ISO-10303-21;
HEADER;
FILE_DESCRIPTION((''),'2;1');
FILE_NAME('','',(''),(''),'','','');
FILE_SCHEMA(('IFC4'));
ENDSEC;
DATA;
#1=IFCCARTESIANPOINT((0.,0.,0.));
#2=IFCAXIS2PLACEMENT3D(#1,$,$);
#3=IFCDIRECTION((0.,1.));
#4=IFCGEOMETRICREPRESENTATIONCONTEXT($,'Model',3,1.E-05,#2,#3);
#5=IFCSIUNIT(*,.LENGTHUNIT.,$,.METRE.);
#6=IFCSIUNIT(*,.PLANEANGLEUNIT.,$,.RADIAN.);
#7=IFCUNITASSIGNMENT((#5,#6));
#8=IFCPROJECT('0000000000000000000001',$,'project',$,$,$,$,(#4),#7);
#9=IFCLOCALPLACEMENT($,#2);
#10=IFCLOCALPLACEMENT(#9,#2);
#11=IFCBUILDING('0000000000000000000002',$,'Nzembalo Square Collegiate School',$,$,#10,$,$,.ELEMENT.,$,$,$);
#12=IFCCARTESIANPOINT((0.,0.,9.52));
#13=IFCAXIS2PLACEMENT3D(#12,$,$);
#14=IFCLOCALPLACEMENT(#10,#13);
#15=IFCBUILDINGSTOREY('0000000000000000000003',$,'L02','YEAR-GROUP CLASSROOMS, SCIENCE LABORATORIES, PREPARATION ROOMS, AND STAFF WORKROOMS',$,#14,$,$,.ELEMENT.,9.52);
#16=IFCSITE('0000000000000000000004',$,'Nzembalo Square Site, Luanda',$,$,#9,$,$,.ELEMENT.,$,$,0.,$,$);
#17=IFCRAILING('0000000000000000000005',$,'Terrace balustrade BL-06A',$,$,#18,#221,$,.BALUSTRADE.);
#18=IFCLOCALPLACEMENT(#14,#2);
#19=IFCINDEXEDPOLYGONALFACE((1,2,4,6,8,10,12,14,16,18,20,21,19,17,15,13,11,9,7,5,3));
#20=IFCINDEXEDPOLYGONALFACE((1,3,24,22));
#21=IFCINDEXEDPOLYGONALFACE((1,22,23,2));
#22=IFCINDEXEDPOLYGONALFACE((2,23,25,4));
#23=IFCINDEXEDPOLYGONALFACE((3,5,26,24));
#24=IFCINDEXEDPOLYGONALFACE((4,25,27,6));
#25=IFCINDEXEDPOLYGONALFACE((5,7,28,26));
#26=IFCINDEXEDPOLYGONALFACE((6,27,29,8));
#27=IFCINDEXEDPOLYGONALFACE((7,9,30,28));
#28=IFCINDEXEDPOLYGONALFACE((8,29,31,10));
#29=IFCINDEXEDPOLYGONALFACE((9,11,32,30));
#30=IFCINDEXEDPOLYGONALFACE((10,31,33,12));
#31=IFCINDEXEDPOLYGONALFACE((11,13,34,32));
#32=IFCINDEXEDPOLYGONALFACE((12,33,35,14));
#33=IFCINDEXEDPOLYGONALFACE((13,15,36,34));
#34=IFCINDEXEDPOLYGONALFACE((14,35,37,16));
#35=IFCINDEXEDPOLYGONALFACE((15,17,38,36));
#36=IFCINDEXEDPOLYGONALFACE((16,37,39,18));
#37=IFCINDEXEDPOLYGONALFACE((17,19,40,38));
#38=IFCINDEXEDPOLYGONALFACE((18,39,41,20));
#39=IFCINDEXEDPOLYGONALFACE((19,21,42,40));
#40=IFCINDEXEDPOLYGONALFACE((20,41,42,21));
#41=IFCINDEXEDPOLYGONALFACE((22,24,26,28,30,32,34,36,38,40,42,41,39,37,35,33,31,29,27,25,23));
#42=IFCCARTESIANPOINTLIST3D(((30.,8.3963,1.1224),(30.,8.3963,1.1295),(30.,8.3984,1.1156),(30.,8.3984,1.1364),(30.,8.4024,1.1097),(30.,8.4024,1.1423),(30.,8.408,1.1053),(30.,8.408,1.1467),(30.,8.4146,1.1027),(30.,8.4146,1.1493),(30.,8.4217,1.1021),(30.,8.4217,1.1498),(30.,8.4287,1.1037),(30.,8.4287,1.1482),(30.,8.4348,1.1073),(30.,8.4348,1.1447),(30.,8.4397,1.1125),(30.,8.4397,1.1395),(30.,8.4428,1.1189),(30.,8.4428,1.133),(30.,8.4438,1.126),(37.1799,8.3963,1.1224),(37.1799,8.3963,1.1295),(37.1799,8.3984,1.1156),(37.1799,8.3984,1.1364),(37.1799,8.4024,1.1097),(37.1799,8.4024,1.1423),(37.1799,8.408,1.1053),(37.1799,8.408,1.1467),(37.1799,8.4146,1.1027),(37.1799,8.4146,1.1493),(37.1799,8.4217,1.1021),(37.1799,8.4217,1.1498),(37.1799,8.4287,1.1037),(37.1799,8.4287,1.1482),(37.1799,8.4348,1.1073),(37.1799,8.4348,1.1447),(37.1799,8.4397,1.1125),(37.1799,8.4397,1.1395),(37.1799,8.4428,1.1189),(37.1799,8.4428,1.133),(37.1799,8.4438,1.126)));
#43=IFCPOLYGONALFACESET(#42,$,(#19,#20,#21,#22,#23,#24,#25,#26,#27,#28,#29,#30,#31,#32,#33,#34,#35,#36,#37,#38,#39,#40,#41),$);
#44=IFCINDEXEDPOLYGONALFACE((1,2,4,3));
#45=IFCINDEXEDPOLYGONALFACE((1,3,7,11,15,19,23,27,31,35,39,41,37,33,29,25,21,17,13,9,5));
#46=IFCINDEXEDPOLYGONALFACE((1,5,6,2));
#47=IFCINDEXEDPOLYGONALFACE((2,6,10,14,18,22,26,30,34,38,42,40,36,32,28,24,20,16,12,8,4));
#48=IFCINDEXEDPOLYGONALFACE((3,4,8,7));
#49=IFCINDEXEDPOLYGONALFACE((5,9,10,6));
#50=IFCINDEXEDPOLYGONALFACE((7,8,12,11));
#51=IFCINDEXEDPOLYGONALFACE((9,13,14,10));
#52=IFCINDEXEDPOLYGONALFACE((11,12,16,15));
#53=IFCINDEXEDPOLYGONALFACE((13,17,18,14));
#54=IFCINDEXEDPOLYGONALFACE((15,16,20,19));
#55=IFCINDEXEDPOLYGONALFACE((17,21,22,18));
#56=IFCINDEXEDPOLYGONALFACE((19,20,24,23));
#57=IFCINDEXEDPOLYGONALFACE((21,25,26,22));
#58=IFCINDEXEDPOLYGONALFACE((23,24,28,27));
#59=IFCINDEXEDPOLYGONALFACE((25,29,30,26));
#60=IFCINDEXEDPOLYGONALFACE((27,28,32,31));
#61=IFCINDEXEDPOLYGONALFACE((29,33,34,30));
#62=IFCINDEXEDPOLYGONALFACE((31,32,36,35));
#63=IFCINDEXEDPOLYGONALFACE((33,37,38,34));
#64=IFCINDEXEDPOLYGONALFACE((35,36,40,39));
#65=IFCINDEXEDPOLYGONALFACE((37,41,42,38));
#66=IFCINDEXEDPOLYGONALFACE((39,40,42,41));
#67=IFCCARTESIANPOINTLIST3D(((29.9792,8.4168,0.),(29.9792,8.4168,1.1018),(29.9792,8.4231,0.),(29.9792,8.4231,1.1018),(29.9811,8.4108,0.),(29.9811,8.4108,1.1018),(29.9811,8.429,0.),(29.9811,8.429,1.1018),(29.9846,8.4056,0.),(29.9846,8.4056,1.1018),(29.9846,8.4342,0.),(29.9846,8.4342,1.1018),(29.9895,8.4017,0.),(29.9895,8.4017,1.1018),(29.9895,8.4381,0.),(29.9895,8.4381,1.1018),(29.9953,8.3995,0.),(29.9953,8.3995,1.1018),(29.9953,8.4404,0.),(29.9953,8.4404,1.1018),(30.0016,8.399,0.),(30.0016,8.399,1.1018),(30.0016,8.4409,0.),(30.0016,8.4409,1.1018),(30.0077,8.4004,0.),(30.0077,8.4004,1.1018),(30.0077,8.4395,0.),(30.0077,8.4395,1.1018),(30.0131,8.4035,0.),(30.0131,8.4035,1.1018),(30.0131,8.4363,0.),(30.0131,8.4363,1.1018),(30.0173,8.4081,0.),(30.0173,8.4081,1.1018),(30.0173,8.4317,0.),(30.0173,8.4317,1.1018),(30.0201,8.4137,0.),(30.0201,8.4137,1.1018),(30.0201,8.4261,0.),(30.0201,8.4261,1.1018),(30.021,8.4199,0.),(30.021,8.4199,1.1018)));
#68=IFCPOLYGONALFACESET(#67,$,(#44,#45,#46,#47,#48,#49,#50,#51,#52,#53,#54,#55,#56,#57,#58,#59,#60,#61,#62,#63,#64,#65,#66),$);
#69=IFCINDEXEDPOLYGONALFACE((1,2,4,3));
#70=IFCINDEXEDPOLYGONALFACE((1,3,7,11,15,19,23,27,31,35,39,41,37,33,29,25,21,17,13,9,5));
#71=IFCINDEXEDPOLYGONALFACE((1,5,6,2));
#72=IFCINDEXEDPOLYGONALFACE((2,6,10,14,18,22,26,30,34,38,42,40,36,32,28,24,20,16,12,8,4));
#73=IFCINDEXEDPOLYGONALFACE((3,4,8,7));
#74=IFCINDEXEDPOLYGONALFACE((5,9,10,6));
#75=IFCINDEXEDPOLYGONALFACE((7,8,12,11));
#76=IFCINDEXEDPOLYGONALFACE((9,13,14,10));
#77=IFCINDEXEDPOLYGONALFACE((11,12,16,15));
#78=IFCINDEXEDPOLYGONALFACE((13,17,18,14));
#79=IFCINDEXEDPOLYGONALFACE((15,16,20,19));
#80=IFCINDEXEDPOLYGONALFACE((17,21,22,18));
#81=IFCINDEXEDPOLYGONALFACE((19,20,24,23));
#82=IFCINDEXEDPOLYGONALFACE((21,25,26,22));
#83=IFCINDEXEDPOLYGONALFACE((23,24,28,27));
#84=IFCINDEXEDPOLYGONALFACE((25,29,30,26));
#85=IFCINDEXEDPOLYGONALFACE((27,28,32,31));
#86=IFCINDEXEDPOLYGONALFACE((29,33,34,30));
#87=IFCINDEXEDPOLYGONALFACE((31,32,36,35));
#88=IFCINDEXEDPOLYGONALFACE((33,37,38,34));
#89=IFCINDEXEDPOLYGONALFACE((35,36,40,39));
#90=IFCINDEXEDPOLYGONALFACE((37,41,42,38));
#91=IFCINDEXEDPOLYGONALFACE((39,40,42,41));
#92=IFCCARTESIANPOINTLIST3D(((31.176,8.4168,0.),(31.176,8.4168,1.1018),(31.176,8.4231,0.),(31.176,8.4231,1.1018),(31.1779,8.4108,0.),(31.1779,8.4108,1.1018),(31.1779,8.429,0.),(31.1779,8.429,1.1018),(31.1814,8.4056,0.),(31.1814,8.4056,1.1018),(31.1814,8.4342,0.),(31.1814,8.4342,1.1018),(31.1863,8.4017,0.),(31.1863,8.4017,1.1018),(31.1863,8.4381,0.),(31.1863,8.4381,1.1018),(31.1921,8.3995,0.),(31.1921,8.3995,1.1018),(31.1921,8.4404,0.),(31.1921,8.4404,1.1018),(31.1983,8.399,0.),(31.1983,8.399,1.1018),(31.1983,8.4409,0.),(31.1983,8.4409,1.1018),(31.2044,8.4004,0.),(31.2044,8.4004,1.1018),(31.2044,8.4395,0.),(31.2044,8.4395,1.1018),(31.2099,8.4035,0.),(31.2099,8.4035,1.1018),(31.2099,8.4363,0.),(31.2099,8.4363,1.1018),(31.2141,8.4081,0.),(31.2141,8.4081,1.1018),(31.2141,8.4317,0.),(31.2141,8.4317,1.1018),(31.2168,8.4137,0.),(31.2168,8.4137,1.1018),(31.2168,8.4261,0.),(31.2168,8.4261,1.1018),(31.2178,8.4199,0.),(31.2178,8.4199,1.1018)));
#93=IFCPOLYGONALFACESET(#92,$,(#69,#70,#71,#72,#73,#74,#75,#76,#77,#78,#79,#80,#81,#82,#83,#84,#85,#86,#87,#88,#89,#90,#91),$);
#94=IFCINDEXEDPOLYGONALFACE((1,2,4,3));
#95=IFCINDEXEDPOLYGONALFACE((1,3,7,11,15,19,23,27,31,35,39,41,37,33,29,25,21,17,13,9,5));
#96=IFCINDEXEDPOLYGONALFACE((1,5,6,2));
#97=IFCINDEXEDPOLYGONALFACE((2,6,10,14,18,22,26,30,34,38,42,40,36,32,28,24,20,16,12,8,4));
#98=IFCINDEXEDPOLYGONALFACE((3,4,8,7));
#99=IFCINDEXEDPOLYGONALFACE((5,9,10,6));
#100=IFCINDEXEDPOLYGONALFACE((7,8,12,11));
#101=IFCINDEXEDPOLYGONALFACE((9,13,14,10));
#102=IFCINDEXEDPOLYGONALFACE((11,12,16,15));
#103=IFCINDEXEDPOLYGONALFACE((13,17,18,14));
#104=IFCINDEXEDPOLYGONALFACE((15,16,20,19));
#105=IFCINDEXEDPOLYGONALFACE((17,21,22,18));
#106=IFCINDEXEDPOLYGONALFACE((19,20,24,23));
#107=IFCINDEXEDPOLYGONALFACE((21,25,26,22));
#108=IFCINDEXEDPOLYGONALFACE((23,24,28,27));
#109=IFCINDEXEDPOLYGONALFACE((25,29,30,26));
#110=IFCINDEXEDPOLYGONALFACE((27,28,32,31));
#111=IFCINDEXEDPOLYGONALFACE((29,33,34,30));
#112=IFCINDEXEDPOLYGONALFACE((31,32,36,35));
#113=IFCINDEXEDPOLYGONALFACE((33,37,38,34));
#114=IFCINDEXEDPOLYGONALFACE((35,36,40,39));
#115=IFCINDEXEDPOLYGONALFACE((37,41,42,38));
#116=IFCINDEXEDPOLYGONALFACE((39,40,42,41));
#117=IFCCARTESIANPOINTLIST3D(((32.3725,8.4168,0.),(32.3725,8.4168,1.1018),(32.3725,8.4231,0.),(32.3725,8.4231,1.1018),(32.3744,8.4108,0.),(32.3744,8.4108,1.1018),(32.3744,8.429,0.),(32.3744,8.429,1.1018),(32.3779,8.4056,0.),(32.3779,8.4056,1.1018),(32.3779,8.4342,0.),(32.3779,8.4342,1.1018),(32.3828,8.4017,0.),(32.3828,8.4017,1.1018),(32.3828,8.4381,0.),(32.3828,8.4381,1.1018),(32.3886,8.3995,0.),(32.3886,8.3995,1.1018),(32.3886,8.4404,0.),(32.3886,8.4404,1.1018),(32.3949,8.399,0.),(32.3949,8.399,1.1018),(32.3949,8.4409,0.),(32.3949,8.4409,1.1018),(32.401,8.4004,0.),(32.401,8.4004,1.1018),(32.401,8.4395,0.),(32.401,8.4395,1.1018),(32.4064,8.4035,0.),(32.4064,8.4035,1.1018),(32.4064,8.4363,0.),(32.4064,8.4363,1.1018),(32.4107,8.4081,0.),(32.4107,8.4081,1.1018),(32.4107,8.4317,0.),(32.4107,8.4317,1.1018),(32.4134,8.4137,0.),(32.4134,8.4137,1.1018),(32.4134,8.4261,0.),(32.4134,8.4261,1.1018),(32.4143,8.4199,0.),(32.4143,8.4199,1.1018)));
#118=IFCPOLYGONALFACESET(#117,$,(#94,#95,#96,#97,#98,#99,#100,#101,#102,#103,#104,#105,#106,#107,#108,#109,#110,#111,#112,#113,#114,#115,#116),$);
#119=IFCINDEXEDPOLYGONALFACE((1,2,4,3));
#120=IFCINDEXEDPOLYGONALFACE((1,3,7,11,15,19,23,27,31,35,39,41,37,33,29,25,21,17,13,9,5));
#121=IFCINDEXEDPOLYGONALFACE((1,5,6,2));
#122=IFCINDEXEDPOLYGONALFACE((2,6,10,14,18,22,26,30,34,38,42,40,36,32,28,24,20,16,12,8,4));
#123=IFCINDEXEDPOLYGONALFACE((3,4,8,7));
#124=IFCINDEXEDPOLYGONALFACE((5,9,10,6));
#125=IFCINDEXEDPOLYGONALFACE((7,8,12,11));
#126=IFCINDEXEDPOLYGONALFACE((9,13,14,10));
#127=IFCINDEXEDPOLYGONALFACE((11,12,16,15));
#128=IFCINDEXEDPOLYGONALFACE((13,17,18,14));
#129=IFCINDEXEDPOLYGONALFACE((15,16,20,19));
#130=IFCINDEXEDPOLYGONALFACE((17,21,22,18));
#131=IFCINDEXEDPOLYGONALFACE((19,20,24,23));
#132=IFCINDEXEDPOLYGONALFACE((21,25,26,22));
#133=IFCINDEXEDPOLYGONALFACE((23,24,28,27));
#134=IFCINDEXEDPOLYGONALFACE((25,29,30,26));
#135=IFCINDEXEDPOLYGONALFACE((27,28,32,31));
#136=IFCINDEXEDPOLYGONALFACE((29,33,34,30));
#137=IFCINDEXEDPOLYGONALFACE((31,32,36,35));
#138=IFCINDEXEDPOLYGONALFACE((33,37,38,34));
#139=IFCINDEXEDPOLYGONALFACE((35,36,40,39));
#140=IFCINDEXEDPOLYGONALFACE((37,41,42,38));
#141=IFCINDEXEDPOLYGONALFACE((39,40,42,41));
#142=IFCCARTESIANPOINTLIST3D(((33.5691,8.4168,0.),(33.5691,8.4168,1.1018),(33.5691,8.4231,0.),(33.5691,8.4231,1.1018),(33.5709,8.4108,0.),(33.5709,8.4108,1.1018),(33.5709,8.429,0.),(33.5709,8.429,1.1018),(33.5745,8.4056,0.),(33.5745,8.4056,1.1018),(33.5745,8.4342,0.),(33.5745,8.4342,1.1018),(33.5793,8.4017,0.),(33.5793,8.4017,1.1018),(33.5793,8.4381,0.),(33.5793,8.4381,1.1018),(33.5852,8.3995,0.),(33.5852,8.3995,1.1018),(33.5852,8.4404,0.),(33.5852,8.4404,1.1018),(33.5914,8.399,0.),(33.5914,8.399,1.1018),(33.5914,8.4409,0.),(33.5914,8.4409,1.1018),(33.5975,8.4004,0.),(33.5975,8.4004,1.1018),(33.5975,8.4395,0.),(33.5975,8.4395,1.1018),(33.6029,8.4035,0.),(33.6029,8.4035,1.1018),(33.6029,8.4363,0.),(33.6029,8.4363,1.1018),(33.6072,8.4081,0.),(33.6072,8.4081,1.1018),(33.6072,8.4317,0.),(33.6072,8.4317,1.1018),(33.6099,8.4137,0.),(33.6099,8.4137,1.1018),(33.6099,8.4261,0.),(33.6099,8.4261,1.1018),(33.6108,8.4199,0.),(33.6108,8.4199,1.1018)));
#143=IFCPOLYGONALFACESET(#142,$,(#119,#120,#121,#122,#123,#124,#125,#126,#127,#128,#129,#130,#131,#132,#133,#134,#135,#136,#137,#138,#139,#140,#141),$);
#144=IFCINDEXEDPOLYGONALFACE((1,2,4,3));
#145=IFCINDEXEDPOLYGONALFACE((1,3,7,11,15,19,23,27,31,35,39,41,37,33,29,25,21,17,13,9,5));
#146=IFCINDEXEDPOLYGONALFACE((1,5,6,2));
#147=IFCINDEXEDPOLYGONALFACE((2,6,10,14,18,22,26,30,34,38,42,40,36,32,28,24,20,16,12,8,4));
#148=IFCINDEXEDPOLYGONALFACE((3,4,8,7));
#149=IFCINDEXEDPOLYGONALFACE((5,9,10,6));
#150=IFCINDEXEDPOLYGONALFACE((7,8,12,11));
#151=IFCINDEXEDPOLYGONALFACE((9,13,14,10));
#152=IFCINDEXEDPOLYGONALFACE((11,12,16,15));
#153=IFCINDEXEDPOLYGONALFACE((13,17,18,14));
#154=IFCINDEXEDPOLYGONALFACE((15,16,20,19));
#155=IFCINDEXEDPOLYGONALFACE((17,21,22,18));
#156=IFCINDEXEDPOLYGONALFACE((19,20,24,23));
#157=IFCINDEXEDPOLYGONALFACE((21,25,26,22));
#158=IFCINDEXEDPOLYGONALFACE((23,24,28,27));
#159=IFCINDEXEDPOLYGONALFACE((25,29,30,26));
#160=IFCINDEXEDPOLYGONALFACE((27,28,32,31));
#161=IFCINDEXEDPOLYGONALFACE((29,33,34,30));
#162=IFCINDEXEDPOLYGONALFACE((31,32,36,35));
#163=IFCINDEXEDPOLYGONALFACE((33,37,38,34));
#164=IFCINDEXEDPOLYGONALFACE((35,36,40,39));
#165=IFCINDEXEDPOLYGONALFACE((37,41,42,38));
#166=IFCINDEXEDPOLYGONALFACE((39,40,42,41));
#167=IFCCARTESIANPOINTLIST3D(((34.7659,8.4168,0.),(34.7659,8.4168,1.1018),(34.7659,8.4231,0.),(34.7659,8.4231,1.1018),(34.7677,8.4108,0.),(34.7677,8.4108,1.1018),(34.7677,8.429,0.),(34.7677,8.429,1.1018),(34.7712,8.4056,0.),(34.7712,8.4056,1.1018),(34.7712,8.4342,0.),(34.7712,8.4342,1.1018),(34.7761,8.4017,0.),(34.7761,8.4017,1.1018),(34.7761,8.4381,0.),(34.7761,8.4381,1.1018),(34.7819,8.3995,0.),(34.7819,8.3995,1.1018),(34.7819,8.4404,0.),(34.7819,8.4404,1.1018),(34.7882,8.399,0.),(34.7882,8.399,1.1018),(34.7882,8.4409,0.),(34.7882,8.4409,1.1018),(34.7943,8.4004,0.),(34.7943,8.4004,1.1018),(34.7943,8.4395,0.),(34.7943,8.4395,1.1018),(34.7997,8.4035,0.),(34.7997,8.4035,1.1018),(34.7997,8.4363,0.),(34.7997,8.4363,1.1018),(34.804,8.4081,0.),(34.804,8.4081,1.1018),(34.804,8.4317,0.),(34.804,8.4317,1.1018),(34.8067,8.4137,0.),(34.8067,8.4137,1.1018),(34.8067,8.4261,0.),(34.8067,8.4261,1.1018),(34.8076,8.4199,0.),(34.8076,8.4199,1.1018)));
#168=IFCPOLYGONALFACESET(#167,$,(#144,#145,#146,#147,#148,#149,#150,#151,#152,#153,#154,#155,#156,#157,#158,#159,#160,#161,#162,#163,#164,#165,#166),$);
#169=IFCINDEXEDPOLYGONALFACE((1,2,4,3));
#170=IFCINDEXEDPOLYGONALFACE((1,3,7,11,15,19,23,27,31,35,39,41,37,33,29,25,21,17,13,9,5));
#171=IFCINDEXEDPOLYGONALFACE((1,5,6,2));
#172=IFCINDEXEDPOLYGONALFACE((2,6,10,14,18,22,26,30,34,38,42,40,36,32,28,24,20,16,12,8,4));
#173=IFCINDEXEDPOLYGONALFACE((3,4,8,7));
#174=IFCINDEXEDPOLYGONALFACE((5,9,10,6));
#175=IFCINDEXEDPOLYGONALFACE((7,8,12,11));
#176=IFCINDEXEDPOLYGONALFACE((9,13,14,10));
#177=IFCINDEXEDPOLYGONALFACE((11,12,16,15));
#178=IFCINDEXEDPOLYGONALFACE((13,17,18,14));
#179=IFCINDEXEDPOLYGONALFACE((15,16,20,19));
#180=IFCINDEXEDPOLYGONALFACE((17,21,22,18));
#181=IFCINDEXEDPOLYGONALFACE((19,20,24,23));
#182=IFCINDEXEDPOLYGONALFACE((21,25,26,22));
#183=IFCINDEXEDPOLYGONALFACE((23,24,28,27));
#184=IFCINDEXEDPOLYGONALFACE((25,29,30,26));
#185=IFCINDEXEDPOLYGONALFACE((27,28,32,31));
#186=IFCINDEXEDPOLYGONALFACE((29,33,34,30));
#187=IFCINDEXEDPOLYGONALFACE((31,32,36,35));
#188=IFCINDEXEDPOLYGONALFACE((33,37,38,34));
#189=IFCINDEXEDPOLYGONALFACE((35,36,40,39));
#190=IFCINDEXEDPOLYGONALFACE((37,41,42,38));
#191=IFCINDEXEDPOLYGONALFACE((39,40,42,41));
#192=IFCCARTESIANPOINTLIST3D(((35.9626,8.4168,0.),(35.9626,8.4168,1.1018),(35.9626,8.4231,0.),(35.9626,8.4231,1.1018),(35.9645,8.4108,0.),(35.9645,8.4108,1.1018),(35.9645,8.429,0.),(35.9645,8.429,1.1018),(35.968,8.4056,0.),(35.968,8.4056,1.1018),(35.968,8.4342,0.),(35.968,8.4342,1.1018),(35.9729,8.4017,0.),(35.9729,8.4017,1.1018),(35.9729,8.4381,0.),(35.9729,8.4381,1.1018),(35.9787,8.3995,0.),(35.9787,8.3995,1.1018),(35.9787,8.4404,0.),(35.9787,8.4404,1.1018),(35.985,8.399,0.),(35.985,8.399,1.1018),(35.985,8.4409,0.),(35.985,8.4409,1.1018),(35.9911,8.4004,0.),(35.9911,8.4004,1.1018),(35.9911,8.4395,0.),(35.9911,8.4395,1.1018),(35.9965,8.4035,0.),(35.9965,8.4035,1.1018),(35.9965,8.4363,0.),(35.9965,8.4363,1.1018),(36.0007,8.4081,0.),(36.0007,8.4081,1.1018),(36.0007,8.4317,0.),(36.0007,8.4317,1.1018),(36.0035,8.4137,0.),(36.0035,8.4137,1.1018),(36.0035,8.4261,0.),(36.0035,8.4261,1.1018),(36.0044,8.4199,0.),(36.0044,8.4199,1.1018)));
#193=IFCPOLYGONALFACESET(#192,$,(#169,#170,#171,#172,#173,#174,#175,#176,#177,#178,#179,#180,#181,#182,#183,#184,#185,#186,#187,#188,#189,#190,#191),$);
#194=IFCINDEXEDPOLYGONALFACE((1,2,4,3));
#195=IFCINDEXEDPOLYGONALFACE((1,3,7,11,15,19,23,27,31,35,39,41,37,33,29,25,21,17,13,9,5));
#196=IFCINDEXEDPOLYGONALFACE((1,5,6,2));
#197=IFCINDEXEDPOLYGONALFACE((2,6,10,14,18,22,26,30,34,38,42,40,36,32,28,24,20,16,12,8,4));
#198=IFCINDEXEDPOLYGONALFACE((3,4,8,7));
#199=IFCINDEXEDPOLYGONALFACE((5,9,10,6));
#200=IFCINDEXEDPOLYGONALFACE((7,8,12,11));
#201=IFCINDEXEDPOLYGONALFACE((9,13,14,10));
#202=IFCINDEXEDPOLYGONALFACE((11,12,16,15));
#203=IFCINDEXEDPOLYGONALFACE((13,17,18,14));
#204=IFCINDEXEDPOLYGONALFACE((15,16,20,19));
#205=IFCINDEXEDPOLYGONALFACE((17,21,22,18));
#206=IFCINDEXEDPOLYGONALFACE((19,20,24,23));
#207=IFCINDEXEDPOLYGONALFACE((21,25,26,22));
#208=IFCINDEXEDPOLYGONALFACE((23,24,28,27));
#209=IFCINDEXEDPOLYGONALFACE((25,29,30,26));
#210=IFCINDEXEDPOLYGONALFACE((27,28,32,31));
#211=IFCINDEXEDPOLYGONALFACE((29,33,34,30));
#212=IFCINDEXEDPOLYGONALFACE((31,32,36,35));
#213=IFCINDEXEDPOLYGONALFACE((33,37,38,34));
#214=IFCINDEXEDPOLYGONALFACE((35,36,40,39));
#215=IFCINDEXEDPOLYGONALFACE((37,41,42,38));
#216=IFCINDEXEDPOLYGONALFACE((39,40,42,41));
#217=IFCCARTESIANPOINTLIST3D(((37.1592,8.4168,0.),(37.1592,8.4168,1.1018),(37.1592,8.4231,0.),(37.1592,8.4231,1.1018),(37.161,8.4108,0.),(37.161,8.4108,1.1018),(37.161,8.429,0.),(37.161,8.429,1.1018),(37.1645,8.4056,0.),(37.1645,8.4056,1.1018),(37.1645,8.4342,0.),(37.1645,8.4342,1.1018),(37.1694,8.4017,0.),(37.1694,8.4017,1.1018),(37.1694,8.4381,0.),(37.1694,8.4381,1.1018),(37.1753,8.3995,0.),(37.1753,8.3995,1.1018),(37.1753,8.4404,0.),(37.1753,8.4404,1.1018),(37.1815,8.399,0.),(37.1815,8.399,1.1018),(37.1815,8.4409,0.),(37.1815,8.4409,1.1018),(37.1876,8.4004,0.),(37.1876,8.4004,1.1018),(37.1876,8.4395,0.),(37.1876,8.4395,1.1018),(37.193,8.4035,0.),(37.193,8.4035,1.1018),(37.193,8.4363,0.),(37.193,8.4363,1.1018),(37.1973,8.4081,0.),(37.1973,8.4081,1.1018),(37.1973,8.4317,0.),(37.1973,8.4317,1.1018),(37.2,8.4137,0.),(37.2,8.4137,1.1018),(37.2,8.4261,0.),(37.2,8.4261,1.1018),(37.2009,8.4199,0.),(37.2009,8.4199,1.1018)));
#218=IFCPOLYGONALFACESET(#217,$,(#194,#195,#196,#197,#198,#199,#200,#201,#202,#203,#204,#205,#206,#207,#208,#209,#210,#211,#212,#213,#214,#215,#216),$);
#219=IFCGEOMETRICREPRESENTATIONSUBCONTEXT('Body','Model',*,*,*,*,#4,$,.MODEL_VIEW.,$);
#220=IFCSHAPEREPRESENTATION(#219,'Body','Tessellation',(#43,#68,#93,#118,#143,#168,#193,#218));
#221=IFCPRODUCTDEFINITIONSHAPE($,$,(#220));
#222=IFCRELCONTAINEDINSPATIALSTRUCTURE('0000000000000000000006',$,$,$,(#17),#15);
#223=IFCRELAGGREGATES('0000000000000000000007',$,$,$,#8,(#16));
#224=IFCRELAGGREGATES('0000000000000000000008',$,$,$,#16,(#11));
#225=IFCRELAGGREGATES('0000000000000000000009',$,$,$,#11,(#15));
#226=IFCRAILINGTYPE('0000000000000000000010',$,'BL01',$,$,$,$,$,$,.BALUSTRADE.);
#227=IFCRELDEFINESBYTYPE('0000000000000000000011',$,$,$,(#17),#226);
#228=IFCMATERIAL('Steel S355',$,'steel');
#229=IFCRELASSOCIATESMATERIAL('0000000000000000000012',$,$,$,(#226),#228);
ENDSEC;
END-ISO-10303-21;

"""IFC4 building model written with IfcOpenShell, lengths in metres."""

from ifc_helpers import new_model, si_unit, direction, frame, origin, origin_2d, place, context, subcontext, project, spatial, circle, extrude, material, type_object, element, save


model = new_model("IFC4")

# Units and contexts
model_context = context("Model", 3, precision=1e-05, world=origin(), true_north=direction((0.0, 1.0)))
body_context = subcontext(model_context, "Body", "Model", "MODEL_VIEW")
ifc_project = project(units=[si_unit("LENGTHUNIT", "METRE"), si_unit("PLANEANGLEUNIT", "RADIAN")], contexts=[model_context])

# Site, building, storey
site_placement = place(None, origin())
site = spatial("IfcSite", under=ifc_project, at=site_placement, Name="Nzembalo Square Site, Luanda", CompositionType="ELEMENT", RefElevation=0.0)
building_placement = place(site_placement, origin())
building = spatial("IfcBuilding", under=site, at=building_placement, Name="Nzembalo Square Collegiate School", CompositionType="ELEMENT")
storey_placement = place(building_placement, frame((0.0, 0.0, 9.52)))
storey = spatial("IfcBuildingStorey", under=building, at=storey_placement, Name="L02", Description="YEAR-GROUP CLASSROOMS, SCIENCE LABORATORIES, PREPARATION ROOMS, AND STAFF WORKROOMS", CompositionType="ELEMENT", Elevation=9.52)

# Railing
ifc_material_1 = material(Name="Steel S355", Category="steel")
railing_type = type_object("IfcRailingType", Name="BL01", PredefinedType="BALUSTRADE", material=ifc_material_1)
railing_1_placement = place(storey_placement, frame((30.0, 8.4199, 0.0)))
element("IfcRailing", 1, at=railing_1_placement, inside=storey, type_object=railing_type, Name="Terrace balustrade BL-06A", PredefinedType="BALUSTRADE", context=body_context, shape_type="SweptSolid", body=[
    extrude(circle(Radius=0.0239, at=origin_2d()), frame((0.0, 0.0, 1.126), z_axis=(1.0, 0.0, 0.0), x_axis=(0.0, 1.0, 0.0)), (0.0, 0.0, 1.0), 7.1799),
    extrude(circle(Radius=0.021, at=origin_2d()), origin(), (0.0, 0.0, 1.0), 1.1018),
    extrude(circle(Radius=0.021, at=origin_2d()), frame((1.1968, 0.0, 0.0)), (0.0, 0.0, 1.0), 1.1018),
    extrude(circle(Radius=0.021, at=origin_2d()), frame((2.3933, 0.0, 0.0)), (0.0, 0.0, 1.0), 1.1018),
    extrude(circle(Radius=0.021, at=origin_2d()), frame((3.5898, 0.0, 0.0)), (0.0, 0.0, 1.0), 1.1018),
    extrude(circle(Radius=0.021, at=origin_2d()), frame((4.7866, 0.0, 0.0)), (0.0, 0.0, 1.0), 1.1018),
    extrude(circle(Radius=0.021, at=origin_2d()), frame((5.9834, 0.0, 0.0)), (0.0, 0.0, 1.0), 1.1018),
    extrude(circle(Radius=0.021, at=origin_2d()), frame((7.1799, 0.0, 0.0)), (0.0, 0.0, 1.0), 1.1018),
])

save(model, "model.ifc")
